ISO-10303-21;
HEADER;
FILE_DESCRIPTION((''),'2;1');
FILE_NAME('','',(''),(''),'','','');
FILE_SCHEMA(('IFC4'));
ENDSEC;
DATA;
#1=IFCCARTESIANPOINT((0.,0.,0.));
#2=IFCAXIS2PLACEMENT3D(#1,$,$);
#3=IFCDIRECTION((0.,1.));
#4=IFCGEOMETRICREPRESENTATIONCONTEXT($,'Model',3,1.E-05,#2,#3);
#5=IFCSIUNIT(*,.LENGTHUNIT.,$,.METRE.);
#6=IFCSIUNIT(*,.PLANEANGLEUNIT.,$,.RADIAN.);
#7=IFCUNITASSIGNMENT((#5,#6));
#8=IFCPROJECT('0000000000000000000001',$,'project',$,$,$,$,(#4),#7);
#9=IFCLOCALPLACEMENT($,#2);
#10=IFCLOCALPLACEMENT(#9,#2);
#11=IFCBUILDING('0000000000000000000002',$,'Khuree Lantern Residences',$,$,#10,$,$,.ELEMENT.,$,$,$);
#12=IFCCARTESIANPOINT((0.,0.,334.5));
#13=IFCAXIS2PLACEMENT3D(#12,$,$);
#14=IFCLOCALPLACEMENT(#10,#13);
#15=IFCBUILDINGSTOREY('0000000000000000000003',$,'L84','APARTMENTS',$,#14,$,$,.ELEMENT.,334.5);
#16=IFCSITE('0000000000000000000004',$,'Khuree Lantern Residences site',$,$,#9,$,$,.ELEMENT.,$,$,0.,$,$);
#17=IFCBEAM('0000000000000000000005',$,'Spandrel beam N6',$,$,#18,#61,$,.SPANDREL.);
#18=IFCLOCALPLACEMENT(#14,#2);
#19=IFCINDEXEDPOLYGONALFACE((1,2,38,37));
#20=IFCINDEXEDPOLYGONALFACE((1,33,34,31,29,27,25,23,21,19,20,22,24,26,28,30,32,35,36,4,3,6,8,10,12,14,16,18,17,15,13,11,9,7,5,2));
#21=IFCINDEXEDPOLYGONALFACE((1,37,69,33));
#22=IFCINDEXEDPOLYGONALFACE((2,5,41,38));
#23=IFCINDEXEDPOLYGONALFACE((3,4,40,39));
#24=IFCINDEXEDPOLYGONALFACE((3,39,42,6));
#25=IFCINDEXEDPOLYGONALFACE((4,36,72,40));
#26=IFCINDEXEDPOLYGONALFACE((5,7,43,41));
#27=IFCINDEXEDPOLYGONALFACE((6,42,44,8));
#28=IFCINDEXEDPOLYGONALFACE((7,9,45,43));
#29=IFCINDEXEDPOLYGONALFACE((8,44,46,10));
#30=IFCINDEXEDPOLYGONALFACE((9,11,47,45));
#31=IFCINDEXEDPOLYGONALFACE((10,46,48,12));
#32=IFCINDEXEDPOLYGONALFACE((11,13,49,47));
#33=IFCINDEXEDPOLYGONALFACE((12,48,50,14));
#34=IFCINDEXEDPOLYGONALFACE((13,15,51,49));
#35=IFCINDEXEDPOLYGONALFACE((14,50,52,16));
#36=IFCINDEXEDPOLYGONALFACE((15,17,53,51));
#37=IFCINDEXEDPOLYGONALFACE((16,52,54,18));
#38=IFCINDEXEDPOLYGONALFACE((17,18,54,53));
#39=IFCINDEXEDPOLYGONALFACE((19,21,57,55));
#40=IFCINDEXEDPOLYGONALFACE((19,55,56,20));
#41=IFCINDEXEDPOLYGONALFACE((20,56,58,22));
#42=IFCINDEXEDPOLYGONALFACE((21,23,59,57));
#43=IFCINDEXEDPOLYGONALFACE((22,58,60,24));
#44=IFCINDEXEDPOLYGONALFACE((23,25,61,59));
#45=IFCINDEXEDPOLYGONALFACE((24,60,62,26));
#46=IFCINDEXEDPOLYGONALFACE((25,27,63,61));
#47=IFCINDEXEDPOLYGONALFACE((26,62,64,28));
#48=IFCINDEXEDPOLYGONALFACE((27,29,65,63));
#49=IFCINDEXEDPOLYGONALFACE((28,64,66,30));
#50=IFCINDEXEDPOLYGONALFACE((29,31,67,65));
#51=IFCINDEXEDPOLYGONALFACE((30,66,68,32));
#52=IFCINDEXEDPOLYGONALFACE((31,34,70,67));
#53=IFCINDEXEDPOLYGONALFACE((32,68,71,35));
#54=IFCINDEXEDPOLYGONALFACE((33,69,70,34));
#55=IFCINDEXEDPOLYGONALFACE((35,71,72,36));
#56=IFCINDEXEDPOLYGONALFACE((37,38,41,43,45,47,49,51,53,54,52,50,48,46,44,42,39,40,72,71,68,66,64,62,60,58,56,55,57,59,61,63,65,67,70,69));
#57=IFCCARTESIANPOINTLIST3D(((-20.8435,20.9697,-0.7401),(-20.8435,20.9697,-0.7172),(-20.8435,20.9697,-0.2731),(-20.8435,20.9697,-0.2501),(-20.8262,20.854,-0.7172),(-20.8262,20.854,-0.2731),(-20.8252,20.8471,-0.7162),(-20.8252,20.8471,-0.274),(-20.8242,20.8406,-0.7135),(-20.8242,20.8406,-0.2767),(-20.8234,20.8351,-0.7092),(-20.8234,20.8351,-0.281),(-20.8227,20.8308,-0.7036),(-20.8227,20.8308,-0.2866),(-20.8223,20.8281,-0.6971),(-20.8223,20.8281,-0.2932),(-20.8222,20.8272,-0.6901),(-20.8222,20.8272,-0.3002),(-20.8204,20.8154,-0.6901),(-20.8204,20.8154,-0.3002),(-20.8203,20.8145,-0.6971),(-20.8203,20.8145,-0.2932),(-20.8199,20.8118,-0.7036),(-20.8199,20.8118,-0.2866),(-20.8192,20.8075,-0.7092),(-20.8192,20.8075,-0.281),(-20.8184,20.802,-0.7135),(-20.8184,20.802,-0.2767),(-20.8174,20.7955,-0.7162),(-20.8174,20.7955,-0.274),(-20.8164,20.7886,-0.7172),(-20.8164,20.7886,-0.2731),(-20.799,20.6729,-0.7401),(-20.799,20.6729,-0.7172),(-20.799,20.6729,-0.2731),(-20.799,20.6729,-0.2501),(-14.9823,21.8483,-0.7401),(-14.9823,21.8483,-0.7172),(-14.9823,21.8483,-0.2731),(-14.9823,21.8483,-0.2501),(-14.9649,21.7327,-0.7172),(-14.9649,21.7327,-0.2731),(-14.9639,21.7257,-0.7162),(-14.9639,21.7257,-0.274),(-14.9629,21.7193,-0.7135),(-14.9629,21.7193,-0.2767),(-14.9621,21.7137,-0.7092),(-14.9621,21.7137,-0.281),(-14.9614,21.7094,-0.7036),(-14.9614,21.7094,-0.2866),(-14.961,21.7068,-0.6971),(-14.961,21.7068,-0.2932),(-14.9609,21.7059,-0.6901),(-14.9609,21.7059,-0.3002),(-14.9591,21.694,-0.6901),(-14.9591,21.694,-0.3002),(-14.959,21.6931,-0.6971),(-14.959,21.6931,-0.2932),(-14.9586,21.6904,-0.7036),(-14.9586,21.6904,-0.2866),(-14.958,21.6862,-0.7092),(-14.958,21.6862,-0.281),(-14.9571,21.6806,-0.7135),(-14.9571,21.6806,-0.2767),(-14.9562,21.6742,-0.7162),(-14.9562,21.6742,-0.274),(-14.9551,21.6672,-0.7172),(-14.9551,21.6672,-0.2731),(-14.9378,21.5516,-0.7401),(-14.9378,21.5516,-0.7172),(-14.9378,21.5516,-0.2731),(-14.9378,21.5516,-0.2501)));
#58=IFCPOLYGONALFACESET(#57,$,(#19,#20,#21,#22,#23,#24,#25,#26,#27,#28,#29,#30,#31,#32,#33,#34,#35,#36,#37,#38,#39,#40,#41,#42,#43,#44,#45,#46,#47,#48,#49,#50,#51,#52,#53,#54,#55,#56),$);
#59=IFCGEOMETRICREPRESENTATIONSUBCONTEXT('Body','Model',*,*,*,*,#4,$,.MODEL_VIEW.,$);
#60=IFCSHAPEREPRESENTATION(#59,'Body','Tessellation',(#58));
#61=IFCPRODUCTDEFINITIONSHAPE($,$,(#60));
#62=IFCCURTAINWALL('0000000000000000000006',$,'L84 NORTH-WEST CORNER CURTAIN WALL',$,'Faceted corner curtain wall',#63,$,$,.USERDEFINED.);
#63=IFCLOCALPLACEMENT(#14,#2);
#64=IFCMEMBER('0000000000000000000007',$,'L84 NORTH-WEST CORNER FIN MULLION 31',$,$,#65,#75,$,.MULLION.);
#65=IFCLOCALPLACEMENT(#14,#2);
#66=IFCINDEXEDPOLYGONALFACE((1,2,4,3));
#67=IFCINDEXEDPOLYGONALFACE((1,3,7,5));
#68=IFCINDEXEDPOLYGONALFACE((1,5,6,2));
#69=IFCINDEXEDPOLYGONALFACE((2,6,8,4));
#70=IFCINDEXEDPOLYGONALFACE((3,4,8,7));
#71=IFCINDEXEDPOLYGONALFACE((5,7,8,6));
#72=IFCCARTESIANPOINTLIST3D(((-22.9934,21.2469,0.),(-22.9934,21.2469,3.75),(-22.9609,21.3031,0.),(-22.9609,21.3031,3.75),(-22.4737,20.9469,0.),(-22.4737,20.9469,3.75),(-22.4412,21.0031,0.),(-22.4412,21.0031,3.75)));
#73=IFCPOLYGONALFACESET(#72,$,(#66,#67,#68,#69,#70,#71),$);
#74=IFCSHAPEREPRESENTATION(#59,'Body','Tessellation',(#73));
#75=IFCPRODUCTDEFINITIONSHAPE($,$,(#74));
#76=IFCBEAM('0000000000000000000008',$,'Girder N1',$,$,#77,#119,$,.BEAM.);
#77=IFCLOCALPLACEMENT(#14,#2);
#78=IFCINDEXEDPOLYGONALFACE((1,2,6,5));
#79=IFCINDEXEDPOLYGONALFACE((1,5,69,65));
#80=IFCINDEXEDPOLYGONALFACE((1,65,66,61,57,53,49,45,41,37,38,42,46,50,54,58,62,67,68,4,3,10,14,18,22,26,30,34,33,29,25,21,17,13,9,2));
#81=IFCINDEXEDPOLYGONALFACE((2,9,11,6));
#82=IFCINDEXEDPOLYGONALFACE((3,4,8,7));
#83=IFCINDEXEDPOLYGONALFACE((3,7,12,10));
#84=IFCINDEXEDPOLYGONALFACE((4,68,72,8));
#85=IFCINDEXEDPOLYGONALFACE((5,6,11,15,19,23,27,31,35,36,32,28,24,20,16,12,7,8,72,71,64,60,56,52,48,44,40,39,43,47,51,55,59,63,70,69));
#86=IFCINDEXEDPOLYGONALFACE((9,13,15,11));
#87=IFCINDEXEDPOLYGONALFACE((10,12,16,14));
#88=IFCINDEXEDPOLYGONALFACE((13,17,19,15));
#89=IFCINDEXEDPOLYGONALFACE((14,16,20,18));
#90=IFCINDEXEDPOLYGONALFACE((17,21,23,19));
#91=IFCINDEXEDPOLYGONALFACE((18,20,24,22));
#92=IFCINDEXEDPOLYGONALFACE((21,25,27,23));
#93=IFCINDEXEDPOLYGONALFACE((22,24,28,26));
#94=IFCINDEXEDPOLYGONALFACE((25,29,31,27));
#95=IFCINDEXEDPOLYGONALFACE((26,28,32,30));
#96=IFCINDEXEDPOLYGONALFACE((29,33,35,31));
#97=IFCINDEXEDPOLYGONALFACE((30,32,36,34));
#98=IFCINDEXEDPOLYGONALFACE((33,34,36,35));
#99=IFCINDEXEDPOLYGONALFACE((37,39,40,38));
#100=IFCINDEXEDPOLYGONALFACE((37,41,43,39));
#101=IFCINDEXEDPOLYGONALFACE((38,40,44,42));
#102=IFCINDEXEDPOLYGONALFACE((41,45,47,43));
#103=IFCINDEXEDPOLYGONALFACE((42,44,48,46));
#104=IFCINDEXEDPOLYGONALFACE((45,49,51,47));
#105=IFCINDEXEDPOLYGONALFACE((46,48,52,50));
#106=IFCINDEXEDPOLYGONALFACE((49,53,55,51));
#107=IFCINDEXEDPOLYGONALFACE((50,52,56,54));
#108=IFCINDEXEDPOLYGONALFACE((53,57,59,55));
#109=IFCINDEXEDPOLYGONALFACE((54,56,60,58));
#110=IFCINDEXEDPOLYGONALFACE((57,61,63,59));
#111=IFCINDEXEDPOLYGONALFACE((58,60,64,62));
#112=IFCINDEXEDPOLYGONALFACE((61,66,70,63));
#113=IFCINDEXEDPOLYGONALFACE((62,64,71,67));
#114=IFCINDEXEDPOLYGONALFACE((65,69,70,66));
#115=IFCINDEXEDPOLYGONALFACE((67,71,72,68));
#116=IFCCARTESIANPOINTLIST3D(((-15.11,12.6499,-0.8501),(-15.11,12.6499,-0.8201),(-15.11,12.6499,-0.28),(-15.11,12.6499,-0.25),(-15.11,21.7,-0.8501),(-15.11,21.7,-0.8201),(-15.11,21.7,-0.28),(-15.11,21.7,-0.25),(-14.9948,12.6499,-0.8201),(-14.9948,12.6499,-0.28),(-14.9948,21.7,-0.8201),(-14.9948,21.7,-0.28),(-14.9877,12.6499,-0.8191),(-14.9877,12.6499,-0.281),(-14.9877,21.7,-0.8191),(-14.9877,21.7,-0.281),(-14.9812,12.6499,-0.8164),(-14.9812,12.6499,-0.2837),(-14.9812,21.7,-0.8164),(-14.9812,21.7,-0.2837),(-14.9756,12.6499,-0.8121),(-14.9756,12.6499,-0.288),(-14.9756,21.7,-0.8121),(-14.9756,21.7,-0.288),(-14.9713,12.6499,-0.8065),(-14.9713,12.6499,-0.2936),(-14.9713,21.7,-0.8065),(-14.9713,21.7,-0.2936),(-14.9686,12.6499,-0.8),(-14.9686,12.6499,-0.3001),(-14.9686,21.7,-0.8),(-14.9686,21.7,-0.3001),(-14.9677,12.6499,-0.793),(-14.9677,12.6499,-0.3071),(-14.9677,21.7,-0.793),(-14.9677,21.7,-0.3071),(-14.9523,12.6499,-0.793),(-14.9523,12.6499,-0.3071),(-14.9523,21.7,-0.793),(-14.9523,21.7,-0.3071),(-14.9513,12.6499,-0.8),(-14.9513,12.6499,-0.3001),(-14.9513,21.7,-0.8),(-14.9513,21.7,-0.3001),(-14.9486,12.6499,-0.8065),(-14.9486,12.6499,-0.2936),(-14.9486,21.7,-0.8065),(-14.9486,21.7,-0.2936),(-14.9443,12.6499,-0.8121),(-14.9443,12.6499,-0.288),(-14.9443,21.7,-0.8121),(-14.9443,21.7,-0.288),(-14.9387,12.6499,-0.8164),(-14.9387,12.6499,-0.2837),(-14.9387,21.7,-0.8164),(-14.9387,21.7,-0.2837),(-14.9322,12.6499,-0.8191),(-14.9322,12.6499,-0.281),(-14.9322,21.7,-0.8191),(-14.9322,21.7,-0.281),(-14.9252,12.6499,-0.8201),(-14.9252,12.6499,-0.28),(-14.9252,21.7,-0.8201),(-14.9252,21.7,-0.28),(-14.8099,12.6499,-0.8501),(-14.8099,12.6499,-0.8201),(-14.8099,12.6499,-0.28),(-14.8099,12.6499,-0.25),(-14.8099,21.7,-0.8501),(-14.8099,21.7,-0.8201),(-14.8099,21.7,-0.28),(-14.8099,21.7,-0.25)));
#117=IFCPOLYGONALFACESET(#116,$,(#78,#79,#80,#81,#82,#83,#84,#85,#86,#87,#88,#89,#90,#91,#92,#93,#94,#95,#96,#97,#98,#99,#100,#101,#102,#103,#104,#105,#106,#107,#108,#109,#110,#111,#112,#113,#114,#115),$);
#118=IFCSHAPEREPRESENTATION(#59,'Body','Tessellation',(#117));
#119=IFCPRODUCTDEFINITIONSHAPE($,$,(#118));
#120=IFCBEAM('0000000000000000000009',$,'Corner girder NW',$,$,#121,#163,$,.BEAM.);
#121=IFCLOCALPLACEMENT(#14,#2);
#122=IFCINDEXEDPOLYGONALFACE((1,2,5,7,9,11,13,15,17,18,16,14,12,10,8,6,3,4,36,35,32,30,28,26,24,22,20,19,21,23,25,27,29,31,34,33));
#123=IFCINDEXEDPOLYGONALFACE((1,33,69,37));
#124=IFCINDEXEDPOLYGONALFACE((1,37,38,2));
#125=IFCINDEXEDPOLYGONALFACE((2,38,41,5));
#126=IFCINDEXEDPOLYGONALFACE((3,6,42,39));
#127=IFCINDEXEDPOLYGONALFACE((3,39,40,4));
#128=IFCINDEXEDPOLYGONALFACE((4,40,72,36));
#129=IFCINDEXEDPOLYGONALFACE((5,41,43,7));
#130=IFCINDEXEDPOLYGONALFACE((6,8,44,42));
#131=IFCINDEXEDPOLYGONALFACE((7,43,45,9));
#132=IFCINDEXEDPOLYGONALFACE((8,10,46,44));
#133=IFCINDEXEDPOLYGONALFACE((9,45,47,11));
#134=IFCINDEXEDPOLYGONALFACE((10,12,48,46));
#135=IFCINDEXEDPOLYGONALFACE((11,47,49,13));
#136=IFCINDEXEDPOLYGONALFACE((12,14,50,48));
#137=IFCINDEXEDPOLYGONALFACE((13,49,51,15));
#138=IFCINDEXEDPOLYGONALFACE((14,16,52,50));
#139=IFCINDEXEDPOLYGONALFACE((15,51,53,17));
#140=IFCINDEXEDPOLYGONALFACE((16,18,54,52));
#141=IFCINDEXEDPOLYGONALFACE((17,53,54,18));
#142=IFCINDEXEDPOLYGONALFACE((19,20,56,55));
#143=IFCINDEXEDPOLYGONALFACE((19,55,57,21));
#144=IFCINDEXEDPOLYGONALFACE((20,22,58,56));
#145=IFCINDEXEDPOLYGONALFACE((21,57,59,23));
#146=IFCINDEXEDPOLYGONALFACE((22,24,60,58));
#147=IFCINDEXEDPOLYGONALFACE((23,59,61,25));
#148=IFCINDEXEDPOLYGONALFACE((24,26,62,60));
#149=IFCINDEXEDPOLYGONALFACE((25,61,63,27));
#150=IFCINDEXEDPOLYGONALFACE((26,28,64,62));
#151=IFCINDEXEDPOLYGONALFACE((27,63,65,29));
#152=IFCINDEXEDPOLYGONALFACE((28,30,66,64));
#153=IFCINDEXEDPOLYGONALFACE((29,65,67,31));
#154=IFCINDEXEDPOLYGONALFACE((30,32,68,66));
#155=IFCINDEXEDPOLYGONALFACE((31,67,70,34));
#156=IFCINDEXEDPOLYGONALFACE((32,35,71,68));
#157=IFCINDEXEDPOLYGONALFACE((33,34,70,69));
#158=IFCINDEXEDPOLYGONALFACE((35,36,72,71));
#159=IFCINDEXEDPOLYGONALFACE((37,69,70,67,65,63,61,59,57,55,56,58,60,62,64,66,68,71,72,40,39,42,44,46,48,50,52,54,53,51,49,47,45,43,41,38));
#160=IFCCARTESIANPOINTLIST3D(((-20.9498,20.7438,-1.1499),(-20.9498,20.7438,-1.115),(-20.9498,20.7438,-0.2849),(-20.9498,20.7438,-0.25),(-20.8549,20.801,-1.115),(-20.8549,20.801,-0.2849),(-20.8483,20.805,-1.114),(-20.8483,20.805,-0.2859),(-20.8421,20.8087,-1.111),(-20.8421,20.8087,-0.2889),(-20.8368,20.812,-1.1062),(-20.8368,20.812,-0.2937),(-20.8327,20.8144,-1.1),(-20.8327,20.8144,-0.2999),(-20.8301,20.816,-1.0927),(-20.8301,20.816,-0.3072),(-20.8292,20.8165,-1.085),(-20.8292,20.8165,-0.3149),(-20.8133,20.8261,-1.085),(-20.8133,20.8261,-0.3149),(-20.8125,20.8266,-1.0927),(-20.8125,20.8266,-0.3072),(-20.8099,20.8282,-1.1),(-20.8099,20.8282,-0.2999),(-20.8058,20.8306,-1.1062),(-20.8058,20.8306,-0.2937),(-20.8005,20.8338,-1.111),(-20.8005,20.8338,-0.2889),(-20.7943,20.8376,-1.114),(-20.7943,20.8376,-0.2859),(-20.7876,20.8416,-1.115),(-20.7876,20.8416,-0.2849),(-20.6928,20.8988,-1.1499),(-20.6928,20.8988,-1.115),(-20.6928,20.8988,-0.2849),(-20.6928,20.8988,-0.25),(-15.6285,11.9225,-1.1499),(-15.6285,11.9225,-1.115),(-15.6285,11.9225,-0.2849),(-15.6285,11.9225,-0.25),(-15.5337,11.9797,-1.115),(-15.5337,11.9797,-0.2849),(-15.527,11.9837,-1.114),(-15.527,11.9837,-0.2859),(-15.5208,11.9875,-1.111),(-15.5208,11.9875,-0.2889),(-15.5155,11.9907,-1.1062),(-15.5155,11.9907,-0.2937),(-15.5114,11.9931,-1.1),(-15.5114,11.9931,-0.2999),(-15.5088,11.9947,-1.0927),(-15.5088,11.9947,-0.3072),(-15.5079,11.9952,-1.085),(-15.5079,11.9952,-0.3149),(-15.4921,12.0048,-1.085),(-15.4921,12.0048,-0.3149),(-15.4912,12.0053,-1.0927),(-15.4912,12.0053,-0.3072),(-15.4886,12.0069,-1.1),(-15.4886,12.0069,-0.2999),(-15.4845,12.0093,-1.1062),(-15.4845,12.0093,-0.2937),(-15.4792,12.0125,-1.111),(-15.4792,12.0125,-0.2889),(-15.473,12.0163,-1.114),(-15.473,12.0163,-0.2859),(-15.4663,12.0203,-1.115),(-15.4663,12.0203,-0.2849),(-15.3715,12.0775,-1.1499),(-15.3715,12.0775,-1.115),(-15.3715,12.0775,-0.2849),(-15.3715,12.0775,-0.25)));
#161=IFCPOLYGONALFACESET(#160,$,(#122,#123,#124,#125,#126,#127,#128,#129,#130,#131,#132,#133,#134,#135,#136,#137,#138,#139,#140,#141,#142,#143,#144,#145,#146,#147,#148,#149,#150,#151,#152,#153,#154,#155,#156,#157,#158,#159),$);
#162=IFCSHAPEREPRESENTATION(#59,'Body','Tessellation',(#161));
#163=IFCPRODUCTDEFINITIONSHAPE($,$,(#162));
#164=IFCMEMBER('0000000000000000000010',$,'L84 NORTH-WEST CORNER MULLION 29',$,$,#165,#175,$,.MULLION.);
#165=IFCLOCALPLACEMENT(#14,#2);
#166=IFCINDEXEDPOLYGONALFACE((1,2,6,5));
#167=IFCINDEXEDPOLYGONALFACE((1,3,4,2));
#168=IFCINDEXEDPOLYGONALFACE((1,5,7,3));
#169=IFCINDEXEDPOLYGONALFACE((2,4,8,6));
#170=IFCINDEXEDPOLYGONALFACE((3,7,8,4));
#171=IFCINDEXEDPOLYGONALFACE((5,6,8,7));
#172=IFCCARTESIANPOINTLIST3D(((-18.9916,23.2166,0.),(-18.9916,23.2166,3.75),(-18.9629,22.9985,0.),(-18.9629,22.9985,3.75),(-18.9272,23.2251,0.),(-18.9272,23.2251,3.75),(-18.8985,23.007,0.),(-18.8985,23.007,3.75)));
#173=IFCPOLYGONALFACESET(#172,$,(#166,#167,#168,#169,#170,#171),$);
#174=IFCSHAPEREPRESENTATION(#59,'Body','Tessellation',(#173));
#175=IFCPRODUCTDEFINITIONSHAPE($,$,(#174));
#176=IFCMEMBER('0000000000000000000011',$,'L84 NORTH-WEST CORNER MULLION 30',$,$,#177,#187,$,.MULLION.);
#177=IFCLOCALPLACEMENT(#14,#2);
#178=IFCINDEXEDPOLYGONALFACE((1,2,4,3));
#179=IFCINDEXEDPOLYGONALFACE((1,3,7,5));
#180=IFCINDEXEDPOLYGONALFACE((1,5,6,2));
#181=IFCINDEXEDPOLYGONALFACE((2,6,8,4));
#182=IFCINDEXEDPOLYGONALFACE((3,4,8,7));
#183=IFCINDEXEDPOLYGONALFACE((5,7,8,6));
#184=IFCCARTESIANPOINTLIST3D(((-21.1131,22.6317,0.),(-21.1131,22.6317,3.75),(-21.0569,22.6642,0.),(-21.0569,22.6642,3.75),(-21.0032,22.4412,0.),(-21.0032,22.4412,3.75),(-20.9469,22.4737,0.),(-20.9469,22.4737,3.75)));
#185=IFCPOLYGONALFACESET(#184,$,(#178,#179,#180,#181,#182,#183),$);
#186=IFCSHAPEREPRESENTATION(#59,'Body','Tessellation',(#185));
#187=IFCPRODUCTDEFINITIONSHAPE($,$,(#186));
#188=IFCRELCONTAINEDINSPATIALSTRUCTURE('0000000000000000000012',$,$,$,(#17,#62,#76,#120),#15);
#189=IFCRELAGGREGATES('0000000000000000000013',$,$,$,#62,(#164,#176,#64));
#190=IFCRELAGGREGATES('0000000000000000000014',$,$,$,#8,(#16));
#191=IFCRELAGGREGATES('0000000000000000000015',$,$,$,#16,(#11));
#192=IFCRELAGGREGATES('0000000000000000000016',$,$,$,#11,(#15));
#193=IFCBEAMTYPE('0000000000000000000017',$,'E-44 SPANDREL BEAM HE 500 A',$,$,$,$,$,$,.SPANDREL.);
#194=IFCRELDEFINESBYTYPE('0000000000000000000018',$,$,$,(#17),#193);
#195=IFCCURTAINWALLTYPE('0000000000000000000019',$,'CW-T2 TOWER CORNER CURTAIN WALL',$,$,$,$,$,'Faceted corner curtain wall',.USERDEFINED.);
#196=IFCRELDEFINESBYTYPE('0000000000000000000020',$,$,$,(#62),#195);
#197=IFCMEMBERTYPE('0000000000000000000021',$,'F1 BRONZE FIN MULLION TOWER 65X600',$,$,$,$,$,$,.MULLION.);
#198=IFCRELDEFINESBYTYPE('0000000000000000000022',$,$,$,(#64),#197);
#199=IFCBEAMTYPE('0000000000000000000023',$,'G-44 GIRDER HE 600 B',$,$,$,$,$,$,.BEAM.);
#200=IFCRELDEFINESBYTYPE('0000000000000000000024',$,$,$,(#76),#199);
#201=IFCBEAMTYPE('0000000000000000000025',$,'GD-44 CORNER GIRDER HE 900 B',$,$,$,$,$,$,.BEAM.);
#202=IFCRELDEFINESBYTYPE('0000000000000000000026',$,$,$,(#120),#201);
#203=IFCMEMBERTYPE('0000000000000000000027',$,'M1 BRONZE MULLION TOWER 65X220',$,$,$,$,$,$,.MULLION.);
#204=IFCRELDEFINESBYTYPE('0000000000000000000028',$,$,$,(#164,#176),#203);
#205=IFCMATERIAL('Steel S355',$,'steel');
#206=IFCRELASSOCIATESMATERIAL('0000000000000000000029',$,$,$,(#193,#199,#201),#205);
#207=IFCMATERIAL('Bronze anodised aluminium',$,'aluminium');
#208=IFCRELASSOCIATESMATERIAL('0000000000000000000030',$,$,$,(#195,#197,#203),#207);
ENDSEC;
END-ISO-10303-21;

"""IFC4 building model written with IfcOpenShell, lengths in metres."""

from ifc_helpers import new_model, si_unit, direction, frame, origin, origin_2d, place, context, subcontext, project, spatial, rectangle, i_section, extrude, material, material_profile, profile_set, type_object, element, aggregate, save


model = new_model("IFC4")

# Units and contexts
model_context = context("Model", 3, precision=1e-05, world=origin(), true_north=direction((0.0, 1.0)))
body_context = subcontext(model_context, "Body", "Model", "MODEL_VIEW")
ifc_project = project(units=[si_unit("LENGTHUNIT", "METRE"), si_unit("PLANEANGLEUNIT", "RADIAN")], contexts=[model_context])

# Site, building, storey
site_placement = place(None, origin())
site = spatial("IfcSite", under=ifc_project, at=site_placement, Name="Khuree Lantern Residences site", CompositionType="ELEMENT", RefElevation=0.0)
building_placement = place(site_placement, origin())
building = spatial("IfcBuilding", under=site, at=building_placement, Name="Khuree Lantern Residences", CompositionType="ELEMENT")
storey_placement = place(building_placement, frame((0.0, 0.0, 334.5)))
storey = spatial("IfcBuildingStorey", under=building, at=storey_placement, Name="L84", Description="APARTMENTS", CompositionType="ELEMENT", Elevation=334.5)

# Beam
ifc_material_1 = material(Name="Steel S355", Category="steel")
ifc_material_profile_1 = material_profile(ifc_material_1, i_section(OverallWidth=0.3, OverallDepth=0.49, WebThickness=0.012, FlangeThickness=0.0229, FilletRadius=0.0271, at=origin_2d()), Name="HE 500 A")
ifc_profile_set_1 = profile_set([ifc_material_profile_1], Name="Steel S355")
beam_type_1 = type_object("IfcBeamType", Name="E-44 SPANDREL BEAM HE 500 A", PredefinedType="SPANDREL", material=ifc_profile_set_1)
beam_1_placement = place(storey_placement, frame((-20.8213, 20.8213, -0.4951), z_axis=(0.98895, 0.148252, 0.0), x_axis=(-0.148252, 0.98895, 0.0)))
element("IfcBeam", 1, at=beam_1_placement, inside=storey, type_object=beam_type_1, Name="Spandrel beam N6", PredefinedType="SPANDREL", context=body_context, shape_type="SweptSolid", body=[
    extrude(i_section(OverallWidth=0.3, OverallDepth=0.49, WebThickness=0.012, FlangeThickness=0.0229, FilletRadius=0.0271, at=origin_2d()), origin(), (0.0, 0.0, 1.0), 5.9268),
])

# Curtain wall, member
ifc_material_2 = material(Name="Bronze anodised aluminium", Category="aluminium")
curtain_wall_type_1 = type_object("IfcCurtainWallType", Name="CW-T2 TOWER CORNER CURTAIN WALL", ElementType="Faceted corner curtain wall", PredefinedType="USERDEFINED", material=ifc_material_2)
curtain_wall_1_placement = place(storey_placement, origin())
curtain_wall_1 = element("IfcCurtainWall", 2, at=curtain_wall_1_placement, inside=storey, type_object=curtain_wall_type_1, Name="L84 NORTH-WEST CORNER CURTAIN WALL", ObjectType="Faceted corner curtain wall", PredefinedType="USERDEFINED")
ifc_material_profile_2 = material_profile(ifc_material_2, rectangle(XDim=0.0649, YDim=0.6001, at=origin_2d()), Name="F1 65X600")
ifc_profile_set_2 = profile_set([ifc_material_profile_2], Name="Bronze anodised aluminium")
member_type_1 = type_object("IfcMemberType", Name="F1 BRONZE FIN MULLION TOWER 65X600", PredefinedType="MULLION", material=ifc_profile_set_2)
member_1_placement = place(storey_placement, frame((-22.7173, 21.125, 0.0), z_axis=(0.0, 0.0, 1.0), x_axis=(-0.5, -0.866025, 0.0)))
member_1 = element("IfcMember", 3, at=member_1_placement, type_object=member_type_1, Name="L84 NORTH-WEST CORNER FIN MULLION 31", PredefinedType="MULLION", context=body_context, shape_type="SweptSolid", body=[
    extrude(rectangle(XDim=0.0649, YDim=0.6001, at=origin_2d()), origin(), (0.0, 0.0, 1.0), 3.75),
])

# Beams
ifc_material_profile_3 = material_profile(ifc_material_1, i_section(OverallWidth=0.3, OverallDepth=0.6001, WebThickness=0.0154, FlangeThickness=0.03, FilletRadius=0.0271, at=origin_2d()), Name="HE 600 B")
ifc_profile_set_3 = profile_set([ifc_material_profile_3], Name="Steel S355")
beam_type_2 = type_object("IfcBeamType", Name="G-44 GIRDER HE 600 B", PredefinedType="BEAM", material=ifc_profile_set_3)
beam_2_placement = place(storey_placement, frame((-14.96, 21.7, -0.55), z_axis=(0.0, -1.0, 0.0), x_axis=(1.0, 0.0, 0.0)))
element("IfcBeam", 4, at=beam_2_placement, inside=storey, type_object=beam_type_2, Name="Girder N1", PredefinedType="BEAM", context=body_context, shape_type="SweptSolid", body=[
    extrude(i_section(OverallWidth=0.3, OverallDepth=0.6001, WebThickness=0.0154, FlangeThickness=0.03, FilletRadius=0.0271, at=origin_2d()), origin(), (0.0, 0.0, 1.0), 9.05),
])
ifc_material_profile_4 = material_profile(ifc_material_1, i_section(OverallWidth=0.3, OverallDepth=0.8999, WebThickness=0.0186, FlangeThickness=0.0349, FilletRadius=0.03, at=origin_2d()), Name="HE 900 B")
ifc_profile_set_4 = profile_set([ifc_material_profile_4], Name="Steel S355")
beam_type_3 = type_object("IfcBeamType", Name="GD-44 CORNER GIRDER HE 900 B", PredefinedType="BEAM", material=ifc_profile_set_4)
beam_3_placement = place(storey_placement, frame((-20.8213, 20.8213, -0.7), z_axis=(0.51653, -0.856269, 0.0), x_axis=(0.856269, 0.51653, 0.0)))
element("IfcBeam", 5, at=beam_3_placement, inside=storey, type_object=beam_type_3, Name="Corner girder NW", PredefinedType="BEAM", context=body_context, shape_type="SweptSolid", body=[
    extrude(i_section(OverallWidth=0.3, OverallDepth=0.8999, WebThickness=0.0186, FlangeThickness=0.0349, FilletRadius=0.03, at=origin_2d()), origin(), (0.0, 0.0, 1.0), 10.302),
])

# Members
ifc_material_profile_5 = material_profile(ifc_material_2, rectangle(XDim=0.0649, YDim=0.22, at=origin_2d()), Name="M1 65X220")
ifc_profile_set_5 = profile_set([ifc_material_profile_5], Name="Bronze anodised aluminium")
member_type_2 = type_object("IfcMemberType", Name="M1 BRONZE MULLION TOWER 65X220", PredefinedType="MULLION", material=ifc_profile_set_5)
member_2_placement = place(storey_placement, frame((-18.9451, 23.1118, 0.0), z_axis=(0.0, 0.0, 1.0), x_axis=(-0.991445, -0.130526, 0.0)))
member_2 = element("IfcMember", 6, at=member_2_placement, type_object=member_type_2, Name="L84 NORTH-WEST CORNER MULLION 29", PredefinedType="MULLION", context=body_context, shape_type="SweptSolid", body=[
    extrude(rectangle(XDim=0.0649, YDim=0.22, at=origin_2d()), origin(), (0.0, 0.0, 1.0), 3.75),
])
member_3_placement = place(storey_placement, frame((-21.03, 22.5527, 0.0), z_axis=(0.0, 0.0, 1.0), x_axis=(-0.866025, -0.5, 0.0)))
member_3 = element("IfcMember", 7, at=member_3_placement, type_object=member_type_2, Name="L84 NORTH-WEST CORNER MULLION 30", PredefinedType="MULLION", context=body_context, shape_type="SweptSolid", body=[
    extrude(rectangle(XDim=0.0649, YDim=0.22, at=origin_2d()), origin(), (0.0, 0.0, 1.0), 3.75),
])

aggregate(curtain_wall_1, [member_2, member_3, member_1])

save(model, "model.ifc")
